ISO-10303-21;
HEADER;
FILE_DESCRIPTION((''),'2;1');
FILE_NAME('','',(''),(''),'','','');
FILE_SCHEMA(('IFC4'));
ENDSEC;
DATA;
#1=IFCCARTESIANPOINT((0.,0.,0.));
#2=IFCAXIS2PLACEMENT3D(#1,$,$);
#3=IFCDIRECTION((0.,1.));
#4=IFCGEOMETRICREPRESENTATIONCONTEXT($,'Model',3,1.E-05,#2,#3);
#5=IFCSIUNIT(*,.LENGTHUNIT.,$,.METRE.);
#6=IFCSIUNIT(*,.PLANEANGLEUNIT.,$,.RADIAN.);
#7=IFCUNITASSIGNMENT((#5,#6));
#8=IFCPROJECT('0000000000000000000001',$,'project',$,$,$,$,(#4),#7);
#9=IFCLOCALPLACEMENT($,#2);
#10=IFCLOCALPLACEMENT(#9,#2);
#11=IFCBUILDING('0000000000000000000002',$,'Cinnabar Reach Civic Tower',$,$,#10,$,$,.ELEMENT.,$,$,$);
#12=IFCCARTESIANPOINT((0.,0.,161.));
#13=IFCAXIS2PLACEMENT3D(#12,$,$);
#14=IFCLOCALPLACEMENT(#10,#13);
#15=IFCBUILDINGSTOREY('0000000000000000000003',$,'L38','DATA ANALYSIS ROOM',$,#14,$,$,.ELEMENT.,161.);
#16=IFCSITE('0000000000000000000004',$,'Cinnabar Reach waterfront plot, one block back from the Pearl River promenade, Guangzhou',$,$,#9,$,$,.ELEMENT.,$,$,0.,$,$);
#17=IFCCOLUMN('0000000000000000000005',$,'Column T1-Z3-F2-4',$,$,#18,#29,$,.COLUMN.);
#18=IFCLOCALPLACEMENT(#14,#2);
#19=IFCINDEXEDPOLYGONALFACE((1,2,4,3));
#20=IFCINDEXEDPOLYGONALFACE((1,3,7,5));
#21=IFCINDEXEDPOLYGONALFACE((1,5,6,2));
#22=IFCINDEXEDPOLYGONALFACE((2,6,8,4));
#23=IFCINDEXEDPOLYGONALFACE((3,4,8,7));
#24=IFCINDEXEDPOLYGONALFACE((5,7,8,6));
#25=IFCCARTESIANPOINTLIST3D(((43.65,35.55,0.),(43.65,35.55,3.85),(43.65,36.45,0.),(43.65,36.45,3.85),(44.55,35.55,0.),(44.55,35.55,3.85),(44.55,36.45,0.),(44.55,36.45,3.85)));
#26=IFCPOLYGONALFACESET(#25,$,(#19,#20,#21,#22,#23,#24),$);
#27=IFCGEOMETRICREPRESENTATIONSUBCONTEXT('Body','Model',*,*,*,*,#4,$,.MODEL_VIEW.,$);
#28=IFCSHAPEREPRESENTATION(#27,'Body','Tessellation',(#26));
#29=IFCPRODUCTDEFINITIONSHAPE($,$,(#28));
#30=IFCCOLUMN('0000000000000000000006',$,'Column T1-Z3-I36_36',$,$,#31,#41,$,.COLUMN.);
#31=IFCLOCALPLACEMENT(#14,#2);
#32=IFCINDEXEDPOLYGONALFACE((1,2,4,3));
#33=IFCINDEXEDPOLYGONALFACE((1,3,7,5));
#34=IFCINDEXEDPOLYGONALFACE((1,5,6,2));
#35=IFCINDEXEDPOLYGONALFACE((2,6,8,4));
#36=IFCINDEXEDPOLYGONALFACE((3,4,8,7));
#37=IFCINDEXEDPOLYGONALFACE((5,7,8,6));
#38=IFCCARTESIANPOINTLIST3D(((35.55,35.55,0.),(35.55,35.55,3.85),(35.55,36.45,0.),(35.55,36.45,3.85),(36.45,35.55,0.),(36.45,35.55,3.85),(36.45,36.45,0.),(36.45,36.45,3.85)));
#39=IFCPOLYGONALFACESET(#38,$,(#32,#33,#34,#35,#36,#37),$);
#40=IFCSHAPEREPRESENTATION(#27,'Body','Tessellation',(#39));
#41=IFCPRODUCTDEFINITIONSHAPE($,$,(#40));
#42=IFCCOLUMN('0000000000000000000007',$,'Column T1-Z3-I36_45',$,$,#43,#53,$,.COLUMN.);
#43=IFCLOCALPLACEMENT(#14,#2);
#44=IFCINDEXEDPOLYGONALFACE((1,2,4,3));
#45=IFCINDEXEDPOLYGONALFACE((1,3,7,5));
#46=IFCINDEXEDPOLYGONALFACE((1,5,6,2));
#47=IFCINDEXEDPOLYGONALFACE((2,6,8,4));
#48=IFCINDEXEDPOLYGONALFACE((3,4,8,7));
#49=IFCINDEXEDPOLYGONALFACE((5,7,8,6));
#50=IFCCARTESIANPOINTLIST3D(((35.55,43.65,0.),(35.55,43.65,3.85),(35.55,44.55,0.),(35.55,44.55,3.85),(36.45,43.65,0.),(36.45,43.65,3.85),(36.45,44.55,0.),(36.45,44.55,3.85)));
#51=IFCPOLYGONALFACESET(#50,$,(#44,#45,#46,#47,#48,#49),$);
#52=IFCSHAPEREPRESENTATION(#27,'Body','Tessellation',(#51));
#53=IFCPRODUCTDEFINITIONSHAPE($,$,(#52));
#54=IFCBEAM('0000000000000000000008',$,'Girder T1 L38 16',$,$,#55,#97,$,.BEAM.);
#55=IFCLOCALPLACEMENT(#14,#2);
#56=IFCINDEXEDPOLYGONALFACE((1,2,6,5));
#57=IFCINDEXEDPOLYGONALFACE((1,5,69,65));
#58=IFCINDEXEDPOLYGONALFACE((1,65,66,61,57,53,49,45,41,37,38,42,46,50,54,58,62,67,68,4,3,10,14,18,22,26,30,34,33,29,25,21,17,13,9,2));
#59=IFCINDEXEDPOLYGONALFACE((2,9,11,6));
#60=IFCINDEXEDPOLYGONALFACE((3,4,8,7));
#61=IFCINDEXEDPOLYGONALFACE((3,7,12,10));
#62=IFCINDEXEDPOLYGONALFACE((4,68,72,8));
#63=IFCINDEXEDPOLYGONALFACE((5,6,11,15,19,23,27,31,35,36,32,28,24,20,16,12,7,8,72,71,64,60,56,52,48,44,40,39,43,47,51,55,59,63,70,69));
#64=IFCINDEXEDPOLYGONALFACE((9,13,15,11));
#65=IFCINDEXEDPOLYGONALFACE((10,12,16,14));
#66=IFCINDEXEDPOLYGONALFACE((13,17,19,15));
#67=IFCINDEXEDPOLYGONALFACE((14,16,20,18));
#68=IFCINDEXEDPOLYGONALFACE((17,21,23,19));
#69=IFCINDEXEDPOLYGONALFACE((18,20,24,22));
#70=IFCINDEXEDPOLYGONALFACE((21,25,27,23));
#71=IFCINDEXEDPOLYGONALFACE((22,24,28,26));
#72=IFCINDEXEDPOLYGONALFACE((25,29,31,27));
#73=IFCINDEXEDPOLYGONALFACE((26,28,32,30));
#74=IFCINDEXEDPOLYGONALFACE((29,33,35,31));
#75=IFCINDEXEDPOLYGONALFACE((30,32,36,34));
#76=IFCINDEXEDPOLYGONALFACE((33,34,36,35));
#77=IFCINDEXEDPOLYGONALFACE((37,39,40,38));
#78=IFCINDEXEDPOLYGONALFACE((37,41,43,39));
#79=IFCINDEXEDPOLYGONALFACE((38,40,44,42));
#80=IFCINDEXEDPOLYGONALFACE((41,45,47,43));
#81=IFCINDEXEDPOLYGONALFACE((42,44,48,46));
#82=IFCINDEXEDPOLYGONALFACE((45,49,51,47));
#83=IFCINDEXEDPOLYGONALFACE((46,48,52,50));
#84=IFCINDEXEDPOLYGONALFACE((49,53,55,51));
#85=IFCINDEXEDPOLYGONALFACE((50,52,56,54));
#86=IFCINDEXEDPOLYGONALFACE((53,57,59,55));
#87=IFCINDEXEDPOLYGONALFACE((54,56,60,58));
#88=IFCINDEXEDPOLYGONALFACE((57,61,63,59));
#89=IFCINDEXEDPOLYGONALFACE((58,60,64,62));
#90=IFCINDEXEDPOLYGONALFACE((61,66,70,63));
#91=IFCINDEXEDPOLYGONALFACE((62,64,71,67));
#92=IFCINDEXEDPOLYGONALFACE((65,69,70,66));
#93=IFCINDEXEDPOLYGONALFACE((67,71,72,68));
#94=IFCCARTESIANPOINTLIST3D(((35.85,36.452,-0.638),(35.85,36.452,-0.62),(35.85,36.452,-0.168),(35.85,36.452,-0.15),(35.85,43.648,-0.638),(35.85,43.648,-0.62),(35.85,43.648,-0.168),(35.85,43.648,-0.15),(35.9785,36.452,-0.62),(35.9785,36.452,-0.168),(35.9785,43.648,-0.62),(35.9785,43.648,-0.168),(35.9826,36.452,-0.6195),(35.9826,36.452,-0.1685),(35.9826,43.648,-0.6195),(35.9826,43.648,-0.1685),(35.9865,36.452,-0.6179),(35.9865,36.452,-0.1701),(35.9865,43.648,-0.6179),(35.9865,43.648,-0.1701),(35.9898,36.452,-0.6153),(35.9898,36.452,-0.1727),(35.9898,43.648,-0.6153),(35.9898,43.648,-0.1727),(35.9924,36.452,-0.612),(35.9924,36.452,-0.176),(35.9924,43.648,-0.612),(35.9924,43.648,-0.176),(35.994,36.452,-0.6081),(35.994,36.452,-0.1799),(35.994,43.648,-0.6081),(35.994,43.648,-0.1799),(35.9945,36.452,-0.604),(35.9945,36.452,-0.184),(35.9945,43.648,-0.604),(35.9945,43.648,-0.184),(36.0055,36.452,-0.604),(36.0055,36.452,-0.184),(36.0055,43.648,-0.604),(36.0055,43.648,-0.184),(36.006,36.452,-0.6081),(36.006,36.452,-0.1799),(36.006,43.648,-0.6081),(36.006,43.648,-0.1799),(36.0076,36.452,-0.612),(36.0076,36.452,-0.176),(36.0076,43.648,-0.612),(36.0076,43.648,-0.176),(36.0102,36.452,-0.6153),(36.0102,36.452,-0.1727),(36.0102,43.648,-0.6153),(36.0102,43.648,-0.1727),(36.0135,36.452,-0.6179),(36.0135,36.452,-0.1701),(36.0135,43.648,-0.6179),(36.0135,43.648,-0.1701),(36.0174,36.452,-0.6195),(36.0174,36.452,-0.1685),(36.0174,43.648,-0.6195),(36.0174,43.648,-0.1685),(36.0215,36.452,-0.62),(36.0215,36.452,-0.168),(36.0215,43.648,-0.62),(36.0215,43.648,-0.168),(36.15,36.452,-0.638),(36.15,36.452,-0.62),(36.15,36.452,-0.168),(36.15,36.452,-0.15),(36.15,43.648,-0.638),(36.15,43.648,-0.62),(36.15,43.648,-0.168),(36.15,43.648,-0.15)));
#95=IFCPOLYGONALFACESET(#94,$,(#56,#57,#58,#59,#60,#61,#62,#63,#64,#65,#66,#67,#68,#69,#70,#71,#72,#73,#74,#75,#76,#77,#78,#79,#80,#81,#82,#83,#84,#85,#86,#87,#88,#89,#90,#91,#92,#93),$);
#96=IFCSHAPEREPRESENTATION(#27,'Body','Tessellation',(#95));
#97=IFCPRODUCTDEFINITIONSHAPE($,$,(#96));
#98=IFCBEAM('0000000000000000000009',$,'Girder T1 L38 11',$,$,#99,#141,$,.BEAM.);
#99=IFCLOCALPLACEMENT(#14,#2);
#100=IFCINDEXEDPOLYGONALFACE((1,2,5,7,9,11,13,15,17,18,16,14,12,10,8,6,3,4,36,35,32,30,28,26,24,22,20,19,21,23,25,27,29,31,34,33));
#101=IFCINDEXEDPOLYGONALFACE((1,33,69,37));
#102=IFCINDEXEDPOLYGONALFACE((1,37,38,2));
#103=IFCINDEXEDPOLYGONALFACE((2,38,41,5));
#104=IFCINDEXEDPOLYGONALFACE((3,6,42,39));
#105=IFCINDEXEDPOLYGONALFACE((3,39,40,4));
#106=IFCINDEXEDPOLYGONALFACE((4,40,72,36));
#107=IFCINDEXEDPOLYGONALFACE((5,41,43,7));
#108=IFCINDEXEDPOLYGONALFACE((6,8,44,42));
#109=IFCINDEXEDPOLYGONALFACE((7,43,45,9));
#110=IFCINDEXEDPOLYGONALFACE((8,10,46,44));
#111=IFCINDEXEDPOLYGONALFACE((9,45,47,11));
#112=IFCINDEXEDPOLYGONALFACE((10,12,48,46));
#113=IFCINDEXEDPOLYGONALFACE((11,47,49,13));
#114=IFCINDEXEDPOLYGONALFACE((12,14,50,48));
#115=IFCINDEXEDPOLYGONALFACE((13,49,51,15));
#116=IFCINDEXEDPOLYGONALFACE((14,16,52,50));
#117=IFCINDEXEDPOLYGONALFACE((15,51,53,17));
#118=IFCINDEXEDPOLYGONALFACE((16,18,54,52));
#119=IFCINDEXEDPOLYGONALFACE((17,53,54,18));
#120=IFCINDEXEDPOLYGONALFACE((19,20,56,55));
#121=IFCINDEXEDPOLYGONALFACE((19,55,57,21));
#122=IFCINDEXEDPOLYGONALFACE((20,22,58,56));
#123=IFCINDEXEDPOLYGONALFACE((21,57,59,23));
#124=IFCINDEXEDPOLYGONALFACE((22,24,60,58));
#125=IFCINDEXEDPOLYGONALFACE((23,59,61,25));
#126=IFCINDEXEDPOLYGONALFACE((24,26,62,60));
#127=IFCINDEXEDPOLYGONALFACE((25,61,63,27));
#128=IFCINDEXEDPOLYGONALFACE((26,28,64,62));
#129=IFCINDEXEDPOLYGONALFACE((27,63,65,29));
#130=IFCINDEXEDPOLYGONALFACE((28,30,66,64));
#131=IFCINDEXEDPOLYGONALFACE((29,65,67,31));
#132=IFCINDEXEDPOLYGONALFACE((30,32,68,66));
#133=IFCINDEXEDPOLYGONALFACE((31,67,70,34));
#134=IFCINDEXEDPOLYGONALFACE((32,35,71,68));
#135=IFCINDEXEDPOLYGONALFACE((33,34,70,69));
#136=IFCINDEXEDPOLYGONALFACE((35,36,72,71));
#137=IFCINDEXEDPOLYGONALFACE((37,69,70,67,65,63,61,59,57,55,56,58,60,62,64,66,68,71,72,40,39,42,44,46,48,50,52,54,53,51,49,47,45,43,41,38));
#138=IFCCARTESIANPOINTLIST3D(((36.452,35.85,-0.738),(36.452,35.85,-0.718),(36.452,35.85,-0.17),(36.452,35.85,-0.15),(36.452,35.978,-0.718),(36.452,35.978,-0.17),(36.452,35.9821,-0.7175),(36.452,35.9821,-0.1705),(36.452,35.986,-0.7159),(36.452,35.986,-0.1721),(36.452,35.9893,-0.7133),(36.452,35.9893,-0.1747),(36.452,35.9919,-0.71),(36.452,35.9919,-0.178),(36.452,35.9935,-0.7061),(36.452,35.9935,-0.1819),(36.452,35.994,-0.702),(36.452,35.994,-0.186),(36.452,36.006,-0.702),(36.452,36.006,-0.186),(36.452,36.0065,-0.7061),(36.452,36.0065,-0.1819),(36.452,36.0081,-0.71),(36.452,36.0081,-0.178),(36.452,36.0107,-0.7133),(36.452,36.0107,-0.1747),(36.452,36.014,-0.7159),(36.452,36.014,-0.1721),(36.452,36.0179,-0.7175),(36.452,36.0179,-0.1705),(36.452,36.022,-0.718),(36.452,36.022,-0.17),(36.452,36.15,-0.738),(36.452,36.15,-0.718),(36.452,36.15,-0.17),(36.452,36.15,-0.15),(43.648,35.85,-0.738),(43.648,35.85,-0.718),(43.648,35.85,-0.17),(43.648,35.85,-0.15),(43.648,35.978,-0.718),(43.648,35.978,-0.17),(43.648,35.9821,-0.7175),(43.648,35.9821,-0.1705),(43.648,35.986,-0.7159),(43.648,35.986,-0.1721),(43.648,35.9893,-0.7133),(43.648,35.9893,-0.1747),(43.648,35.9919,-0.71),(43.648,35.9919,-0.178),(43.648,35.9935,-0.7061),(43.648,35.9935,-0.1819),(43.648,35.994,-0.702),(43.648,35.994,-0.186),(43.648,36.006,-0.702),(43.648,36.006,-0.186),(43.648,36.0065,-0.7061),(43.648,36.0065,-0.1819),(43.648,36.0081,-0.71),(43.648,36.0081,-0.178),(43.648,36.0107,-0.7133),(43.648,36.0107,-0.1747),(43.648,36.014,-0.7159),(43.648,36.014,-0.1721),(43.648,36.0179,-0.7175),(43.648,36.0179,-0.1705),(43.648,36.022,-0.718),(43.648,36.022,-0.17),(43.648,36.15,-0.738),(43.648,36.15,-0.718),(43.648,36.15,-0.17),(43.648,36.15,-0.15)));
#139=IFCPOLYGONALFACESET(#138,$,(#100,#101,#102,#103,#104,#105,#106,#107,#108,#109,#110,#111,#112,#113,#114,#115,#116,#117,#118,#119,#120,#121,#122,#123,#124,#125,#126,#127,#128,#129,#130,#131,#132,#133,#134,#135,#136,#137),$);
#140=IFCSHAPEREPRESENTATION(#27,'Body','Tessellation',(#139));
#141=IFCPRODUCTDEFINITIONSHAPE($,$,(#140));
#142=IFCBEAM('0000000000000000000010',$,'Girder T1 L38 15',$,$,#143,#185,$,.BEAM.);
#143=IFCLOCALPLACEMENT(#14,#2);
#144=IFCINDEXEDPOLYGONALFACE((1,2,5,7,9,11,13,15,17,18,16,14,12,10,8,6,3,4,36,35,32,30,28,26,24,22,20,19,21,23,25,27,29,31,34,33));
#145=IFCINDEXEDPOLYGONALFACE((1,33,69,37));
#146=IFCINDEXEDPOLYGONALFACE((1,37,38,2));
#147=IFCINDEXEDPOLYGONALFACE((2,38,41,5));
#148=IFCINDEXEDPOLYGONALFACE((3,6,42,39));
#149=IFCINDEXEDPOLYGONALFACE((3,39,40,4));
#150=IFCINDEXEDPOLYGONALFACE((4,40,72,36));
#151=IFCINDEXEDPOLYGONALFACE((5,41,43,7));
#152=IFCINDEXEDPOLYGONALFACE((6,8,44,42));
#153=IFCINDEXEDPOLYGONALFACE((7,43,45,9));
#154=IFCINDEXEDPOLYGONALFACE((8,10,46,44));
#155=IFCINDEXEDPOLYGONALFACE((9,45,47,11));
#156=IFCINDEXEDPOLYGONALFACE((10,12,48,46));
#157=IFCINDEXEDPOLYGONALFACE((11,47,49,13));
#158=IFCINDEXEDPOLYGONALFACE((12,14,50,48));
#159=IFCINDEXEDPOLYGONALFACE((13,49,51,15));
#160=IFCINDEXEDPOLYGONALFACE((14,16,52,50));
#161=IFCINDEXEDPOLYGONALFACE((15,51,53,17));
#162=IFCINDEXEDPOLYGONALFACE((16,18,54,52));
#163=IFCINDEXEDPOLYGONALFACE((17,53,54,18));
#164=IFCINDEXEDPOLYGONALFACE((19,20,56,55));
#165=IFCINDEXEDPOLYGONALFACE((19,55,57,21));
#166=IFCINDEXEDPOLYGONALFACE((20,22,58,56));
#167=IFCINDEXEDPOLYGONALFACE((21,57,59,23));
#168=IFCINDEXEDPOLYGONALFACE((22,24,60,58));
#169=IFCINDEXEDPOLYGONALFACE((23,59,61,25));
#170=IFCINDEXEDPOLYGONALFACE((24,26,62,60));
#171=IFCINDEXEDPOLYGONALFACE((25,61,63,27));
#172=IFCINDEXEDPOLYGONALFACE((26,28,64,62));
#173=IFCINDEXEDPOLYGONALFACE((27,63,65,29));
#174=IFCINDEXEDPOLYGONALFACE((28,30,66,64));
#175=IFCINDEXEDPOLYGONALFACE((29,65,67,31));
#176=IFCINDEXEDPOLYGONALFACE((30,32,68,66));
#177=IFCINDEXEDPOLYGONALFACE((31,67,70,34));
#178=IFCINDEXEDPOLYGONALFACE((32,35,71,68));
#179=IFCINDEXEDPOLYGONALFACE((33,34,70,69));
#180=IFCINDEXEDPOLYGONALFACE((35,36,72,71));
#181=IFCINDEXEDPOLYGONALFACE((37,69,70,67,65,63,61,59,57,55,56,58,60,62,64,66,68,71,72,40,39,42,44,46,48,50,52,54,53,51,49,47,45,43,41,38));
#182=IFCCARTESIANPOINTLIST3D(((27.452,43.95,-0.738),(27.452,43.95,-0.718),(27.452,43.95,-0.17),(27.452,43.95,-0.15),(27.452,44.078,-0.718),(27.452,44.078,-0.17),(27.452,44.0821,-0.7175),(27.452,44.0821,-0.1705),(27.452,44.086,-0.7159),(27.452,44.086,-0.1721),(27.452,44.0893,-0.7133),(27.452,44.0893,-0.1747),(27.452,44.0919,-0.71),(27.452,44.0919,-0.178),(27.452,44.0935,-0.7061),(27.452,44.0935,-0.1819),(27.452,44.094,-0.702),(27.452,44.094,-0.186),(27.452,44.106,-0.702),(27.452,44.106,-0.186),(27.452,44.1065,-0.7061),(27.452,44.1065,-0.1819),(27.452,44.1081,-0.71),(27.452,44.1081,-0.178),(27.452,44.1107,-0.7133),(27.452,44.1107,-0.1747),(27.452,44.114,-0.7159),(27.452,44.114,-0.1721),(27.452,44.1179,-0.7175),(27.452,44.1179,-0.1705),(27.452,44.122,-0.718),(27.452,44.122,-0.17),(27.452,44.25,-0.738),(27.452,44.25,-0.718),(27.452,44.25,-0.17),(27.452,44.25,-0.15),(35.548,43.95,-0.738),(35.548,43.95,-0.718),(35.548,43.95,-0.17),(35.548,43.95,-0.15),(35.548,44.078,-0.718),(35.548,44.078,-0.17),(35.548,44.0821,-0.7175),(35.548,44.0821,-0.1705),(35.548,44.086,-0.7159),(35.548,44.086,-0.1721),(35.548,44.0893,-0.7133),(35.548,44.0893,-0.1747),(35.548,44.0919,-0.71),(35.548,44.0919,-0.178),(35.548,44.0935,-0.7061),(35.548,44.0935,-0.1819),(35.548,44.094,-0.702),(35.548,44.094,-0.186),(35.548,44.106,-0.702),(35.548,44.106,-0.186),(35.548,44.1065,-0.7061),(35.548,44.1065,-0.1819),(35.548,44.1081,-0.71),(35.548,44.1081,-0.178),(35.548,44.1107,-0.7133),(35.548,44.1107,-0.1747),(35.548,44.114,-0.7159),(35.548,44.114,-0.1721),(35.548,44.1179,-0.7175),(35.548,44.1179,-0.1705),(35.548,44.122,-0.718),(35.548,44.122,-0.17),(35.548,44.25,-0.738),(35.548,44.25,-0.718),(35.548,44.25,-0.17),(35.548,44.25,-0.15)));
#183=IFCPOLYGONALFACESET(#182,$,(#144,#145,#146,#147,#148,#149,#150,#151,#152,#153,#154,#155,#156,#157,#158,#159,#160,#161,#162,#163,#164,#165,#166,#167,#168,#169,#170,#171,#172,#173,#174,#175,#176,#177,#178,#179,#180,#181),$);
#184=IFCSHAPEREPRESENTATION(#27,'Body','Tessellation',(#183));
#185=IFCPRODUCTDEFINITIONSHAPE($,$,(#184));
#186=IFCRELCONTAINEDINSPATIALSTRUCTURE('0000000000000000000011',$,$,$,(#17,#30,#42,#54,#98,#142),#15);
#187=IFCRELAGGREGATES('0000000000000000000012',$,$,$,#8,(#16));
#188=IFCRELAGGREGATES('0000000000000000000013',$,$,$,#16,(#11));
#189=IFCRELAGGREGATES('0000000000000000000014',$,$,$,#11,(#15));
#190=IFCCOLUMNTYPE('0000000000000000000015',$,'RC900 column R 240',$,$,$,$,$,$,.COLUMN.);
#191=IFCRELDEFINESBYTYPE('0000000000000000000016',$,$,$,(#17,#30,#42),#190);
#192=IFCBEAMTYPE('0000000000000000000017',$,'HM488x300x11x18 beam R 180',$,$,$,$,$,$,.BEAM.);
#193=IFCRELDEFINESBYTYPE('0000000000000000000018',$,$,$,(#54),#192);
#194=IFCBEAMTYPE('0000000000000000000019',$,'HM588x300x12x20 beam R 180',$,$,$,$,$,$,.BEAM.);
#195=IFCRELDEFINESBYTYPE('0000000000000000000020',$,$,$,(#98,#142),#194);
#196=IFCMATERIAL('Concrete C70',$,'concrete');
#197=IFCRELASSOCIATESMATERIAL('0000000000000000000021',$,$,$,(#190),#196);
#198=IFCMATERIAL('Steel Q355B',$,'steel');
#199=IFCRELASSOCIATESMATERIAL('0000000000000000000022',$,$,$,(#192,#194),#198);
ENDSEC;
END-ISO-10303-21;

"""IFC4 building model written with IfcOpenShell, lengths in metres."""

from ifc_helpers import new_model, si_unit, direction, frame, origin, origin_2d, place, context, subcontext, project, spatial, rectangle, i_section, extrude, material, material_profile, profile_set, type_object, element, save


model = new_model("IFC4")

# Units and contexts
model_context = context("Model", 3, precision=1e-05, world=origin(), true_north=direction((0.0, 1.0)))
body_context = subcontext(model_context, "Body", "Model", "MODEL_VIEW")
ifc_project = project(units=[si_unit("LENGTHUNIT", "METRE"), si_unit("PLANEANGLEUNIT", "RADIAN")], contexts=[model_context])

# Site, building, storey
site_placement = place(None, origin())
site = spatial("IfcSite", under=ifc_project, at=site_placement, Name="Cinnabar Reach waterfront plot, one block back from the Pearl River promenade, Guangzhou", CompositionType="ELEMENT", RefElevation=0.0)
building_placement = place(site_placement, origin())
building = spatial("IfcBuilding", under=site, at=building_placement, Name="Cinnabar Reach Civic Tower", CompositionType="ELEMENT")
storey_placement = place(building_placement, frame((0.0, 0.0, 161.0)))
storey = spatial("IfcBuildingStorey", under=building, at=storey_placement, Name="L38", Description="DATA ANALYSIS ROOM", CompositionType="ELEMENT", Elevation=161.0)

# Columns
ifc_material_1 = material(Name="Concrete C70", Category="concrete")
ifc_material_profile_1 = material_profile(ifc_material_1, rectangle(XDim=0.9, YDim=0.9, at=origin_2d()), Name="RC900")
ifc_profile_set_1 = profile_set([ifc_material_profile_1], Name="Concrete C70")
column_type = type_object("IfcColumnType", Name="RC900 column R 240", PredefinedType="COLUMN", material=ifc_profile_set_1)
for number, where, z_axis, x_axis, name in (
    (1, (44.1, 36.0, 0.0), (0.0, 0.0, 1.0), (1.0, 0.0, 0.0), "Column T1-Z3-F2-4"),
    (2, (36.0, 36.0, 0.0), (0.0, 0.0, 1.0), (1.0, 0.0, 0.0), "Column T1-Z3-I36_36"),
    (3, (36.0, 44.1, 0.0), (0.0, 0.0, 1.0), (1.0, 0.0, 0.0), "Column T1-Z3-I36_45"),
):
    element("IfcColumn", number, at=place(storey_placement, frame(where, z_axis=z_axis, x_axis=x_axis)), inside=storey, type_object=column_type, Name=name, PredefinedType="COLUMN", context=body_context, shape_type="SweptSolid", body=[
        extrude(rectangle(XDim=0.9, YDim=0.9, at=origin_2d()), origin(), (0.0, 0.0, 1.0), 3.85),
    ])

# Beams
ifc_material_2 = material(Name="Steel Q355B", Category="steel")
ifc_material_profile_2 = material_profile(ifc_material_2, i_section(OverallWidth=0.3, OverallDepth=0.488, WebThickness=0.011, FlangeThickness=0.018, FilletRadius=0.016, at=origin_2d()), Name="HM488x300x11x18")
ifc_profile_set_2 = profile_set([ifc_material_profile_2], Name="Steel Q355B")
beam_type_1 = type_object("IfcBeamType", Name="HM488x300x11x18 beam R 180", PredefinedType="BEAM", material=ifc_profile_set_2)
beam_1_placement = place(storey_placement, frame((36.0, 36.452, -0.394), z_axis=(0.0, 1.0, 0.0), x_axis=(-1.0, 0.0, 0.0)))
element("IfcBeam", 4, at=beam_1_placement, inside=storey, type_object=beam_type_1, Name="Girder T1 L38 16", PredefinedType="BEAM", context=body_context, shape_type="SweptSolid", body=[
    extrude(i_section(OverallWidth=0.3, OverallDepth=0.488, WebThickness=0.011, FlangeThickness=0.018, FilletRadius=0.016, at=origin_2d()), origin(), (0.0, 0.0, 1.0), 7.196),
])
ifc_material_profile_3 = material_profile(ifc_material_2, i_section(OverallWidth=0.3, OverallDepth=0.588, WebThickness=0.012, FlangeThickness=0.02, FilletRadius=0.016, at=origin_2d()), Name="HM588x300x12x20")
ifc_profile_set_3 = profile_set([ifc_material_profile_3], Name="Steel Q355B")
beam_type_2 = type_object("IfcBeamType", Name="HM588x300x12x20 beam R 180", PredefinedType="BEAM", material=ifc_profile_set_3)
beam_2_placement = place(storey_placement, frame((36.452, 36.0, -0.444), z_axis=(1.0, 0.0, 0.0), x_axis=(0.0, 1.0, 0.0)))
element("IfcBeam", 5, at=beam_2_placement, inside=storey, type_object=beam_type_2, Name="Girder T1 L38 11", PredefinedType="BEAM", context=body_context, shape_type="SweptSolid", body=[
    extrude(i_section(OverallWidth=0.3, OverallDepth=0.588, WebThickness=0.012, FlangeThickness=0.02, FilletRadius=0.016, at=origin_2d()), origin(), (0.0, 0.0, 1.0), 7.196),
])
beam_3_placement = place(storey_placement, frame((27.452, 44.1, -0.444), z_axis=(1.0, 0.0, 0.0), x_axis=(0.0, 1.0, 0.0)))
element("IfcBeam", 6, at=beam_3_placement, inside=storey, type_object=beam_type_2, Name="Girder T1 L38 15", PredefinedType="BEAM", context=body_context, shape_type="SweptSolid", body=[
    extrude(i_section(OverallWidth=0.3, OverallDepth=0.588, WebThickness=0.012, FlangeThickness=0.02, FilletRadius=0.016, at=origin_2d()), origin(), (0.0, 0.0, 1.0), 8.096),
])

save(model, "model.ifc")
